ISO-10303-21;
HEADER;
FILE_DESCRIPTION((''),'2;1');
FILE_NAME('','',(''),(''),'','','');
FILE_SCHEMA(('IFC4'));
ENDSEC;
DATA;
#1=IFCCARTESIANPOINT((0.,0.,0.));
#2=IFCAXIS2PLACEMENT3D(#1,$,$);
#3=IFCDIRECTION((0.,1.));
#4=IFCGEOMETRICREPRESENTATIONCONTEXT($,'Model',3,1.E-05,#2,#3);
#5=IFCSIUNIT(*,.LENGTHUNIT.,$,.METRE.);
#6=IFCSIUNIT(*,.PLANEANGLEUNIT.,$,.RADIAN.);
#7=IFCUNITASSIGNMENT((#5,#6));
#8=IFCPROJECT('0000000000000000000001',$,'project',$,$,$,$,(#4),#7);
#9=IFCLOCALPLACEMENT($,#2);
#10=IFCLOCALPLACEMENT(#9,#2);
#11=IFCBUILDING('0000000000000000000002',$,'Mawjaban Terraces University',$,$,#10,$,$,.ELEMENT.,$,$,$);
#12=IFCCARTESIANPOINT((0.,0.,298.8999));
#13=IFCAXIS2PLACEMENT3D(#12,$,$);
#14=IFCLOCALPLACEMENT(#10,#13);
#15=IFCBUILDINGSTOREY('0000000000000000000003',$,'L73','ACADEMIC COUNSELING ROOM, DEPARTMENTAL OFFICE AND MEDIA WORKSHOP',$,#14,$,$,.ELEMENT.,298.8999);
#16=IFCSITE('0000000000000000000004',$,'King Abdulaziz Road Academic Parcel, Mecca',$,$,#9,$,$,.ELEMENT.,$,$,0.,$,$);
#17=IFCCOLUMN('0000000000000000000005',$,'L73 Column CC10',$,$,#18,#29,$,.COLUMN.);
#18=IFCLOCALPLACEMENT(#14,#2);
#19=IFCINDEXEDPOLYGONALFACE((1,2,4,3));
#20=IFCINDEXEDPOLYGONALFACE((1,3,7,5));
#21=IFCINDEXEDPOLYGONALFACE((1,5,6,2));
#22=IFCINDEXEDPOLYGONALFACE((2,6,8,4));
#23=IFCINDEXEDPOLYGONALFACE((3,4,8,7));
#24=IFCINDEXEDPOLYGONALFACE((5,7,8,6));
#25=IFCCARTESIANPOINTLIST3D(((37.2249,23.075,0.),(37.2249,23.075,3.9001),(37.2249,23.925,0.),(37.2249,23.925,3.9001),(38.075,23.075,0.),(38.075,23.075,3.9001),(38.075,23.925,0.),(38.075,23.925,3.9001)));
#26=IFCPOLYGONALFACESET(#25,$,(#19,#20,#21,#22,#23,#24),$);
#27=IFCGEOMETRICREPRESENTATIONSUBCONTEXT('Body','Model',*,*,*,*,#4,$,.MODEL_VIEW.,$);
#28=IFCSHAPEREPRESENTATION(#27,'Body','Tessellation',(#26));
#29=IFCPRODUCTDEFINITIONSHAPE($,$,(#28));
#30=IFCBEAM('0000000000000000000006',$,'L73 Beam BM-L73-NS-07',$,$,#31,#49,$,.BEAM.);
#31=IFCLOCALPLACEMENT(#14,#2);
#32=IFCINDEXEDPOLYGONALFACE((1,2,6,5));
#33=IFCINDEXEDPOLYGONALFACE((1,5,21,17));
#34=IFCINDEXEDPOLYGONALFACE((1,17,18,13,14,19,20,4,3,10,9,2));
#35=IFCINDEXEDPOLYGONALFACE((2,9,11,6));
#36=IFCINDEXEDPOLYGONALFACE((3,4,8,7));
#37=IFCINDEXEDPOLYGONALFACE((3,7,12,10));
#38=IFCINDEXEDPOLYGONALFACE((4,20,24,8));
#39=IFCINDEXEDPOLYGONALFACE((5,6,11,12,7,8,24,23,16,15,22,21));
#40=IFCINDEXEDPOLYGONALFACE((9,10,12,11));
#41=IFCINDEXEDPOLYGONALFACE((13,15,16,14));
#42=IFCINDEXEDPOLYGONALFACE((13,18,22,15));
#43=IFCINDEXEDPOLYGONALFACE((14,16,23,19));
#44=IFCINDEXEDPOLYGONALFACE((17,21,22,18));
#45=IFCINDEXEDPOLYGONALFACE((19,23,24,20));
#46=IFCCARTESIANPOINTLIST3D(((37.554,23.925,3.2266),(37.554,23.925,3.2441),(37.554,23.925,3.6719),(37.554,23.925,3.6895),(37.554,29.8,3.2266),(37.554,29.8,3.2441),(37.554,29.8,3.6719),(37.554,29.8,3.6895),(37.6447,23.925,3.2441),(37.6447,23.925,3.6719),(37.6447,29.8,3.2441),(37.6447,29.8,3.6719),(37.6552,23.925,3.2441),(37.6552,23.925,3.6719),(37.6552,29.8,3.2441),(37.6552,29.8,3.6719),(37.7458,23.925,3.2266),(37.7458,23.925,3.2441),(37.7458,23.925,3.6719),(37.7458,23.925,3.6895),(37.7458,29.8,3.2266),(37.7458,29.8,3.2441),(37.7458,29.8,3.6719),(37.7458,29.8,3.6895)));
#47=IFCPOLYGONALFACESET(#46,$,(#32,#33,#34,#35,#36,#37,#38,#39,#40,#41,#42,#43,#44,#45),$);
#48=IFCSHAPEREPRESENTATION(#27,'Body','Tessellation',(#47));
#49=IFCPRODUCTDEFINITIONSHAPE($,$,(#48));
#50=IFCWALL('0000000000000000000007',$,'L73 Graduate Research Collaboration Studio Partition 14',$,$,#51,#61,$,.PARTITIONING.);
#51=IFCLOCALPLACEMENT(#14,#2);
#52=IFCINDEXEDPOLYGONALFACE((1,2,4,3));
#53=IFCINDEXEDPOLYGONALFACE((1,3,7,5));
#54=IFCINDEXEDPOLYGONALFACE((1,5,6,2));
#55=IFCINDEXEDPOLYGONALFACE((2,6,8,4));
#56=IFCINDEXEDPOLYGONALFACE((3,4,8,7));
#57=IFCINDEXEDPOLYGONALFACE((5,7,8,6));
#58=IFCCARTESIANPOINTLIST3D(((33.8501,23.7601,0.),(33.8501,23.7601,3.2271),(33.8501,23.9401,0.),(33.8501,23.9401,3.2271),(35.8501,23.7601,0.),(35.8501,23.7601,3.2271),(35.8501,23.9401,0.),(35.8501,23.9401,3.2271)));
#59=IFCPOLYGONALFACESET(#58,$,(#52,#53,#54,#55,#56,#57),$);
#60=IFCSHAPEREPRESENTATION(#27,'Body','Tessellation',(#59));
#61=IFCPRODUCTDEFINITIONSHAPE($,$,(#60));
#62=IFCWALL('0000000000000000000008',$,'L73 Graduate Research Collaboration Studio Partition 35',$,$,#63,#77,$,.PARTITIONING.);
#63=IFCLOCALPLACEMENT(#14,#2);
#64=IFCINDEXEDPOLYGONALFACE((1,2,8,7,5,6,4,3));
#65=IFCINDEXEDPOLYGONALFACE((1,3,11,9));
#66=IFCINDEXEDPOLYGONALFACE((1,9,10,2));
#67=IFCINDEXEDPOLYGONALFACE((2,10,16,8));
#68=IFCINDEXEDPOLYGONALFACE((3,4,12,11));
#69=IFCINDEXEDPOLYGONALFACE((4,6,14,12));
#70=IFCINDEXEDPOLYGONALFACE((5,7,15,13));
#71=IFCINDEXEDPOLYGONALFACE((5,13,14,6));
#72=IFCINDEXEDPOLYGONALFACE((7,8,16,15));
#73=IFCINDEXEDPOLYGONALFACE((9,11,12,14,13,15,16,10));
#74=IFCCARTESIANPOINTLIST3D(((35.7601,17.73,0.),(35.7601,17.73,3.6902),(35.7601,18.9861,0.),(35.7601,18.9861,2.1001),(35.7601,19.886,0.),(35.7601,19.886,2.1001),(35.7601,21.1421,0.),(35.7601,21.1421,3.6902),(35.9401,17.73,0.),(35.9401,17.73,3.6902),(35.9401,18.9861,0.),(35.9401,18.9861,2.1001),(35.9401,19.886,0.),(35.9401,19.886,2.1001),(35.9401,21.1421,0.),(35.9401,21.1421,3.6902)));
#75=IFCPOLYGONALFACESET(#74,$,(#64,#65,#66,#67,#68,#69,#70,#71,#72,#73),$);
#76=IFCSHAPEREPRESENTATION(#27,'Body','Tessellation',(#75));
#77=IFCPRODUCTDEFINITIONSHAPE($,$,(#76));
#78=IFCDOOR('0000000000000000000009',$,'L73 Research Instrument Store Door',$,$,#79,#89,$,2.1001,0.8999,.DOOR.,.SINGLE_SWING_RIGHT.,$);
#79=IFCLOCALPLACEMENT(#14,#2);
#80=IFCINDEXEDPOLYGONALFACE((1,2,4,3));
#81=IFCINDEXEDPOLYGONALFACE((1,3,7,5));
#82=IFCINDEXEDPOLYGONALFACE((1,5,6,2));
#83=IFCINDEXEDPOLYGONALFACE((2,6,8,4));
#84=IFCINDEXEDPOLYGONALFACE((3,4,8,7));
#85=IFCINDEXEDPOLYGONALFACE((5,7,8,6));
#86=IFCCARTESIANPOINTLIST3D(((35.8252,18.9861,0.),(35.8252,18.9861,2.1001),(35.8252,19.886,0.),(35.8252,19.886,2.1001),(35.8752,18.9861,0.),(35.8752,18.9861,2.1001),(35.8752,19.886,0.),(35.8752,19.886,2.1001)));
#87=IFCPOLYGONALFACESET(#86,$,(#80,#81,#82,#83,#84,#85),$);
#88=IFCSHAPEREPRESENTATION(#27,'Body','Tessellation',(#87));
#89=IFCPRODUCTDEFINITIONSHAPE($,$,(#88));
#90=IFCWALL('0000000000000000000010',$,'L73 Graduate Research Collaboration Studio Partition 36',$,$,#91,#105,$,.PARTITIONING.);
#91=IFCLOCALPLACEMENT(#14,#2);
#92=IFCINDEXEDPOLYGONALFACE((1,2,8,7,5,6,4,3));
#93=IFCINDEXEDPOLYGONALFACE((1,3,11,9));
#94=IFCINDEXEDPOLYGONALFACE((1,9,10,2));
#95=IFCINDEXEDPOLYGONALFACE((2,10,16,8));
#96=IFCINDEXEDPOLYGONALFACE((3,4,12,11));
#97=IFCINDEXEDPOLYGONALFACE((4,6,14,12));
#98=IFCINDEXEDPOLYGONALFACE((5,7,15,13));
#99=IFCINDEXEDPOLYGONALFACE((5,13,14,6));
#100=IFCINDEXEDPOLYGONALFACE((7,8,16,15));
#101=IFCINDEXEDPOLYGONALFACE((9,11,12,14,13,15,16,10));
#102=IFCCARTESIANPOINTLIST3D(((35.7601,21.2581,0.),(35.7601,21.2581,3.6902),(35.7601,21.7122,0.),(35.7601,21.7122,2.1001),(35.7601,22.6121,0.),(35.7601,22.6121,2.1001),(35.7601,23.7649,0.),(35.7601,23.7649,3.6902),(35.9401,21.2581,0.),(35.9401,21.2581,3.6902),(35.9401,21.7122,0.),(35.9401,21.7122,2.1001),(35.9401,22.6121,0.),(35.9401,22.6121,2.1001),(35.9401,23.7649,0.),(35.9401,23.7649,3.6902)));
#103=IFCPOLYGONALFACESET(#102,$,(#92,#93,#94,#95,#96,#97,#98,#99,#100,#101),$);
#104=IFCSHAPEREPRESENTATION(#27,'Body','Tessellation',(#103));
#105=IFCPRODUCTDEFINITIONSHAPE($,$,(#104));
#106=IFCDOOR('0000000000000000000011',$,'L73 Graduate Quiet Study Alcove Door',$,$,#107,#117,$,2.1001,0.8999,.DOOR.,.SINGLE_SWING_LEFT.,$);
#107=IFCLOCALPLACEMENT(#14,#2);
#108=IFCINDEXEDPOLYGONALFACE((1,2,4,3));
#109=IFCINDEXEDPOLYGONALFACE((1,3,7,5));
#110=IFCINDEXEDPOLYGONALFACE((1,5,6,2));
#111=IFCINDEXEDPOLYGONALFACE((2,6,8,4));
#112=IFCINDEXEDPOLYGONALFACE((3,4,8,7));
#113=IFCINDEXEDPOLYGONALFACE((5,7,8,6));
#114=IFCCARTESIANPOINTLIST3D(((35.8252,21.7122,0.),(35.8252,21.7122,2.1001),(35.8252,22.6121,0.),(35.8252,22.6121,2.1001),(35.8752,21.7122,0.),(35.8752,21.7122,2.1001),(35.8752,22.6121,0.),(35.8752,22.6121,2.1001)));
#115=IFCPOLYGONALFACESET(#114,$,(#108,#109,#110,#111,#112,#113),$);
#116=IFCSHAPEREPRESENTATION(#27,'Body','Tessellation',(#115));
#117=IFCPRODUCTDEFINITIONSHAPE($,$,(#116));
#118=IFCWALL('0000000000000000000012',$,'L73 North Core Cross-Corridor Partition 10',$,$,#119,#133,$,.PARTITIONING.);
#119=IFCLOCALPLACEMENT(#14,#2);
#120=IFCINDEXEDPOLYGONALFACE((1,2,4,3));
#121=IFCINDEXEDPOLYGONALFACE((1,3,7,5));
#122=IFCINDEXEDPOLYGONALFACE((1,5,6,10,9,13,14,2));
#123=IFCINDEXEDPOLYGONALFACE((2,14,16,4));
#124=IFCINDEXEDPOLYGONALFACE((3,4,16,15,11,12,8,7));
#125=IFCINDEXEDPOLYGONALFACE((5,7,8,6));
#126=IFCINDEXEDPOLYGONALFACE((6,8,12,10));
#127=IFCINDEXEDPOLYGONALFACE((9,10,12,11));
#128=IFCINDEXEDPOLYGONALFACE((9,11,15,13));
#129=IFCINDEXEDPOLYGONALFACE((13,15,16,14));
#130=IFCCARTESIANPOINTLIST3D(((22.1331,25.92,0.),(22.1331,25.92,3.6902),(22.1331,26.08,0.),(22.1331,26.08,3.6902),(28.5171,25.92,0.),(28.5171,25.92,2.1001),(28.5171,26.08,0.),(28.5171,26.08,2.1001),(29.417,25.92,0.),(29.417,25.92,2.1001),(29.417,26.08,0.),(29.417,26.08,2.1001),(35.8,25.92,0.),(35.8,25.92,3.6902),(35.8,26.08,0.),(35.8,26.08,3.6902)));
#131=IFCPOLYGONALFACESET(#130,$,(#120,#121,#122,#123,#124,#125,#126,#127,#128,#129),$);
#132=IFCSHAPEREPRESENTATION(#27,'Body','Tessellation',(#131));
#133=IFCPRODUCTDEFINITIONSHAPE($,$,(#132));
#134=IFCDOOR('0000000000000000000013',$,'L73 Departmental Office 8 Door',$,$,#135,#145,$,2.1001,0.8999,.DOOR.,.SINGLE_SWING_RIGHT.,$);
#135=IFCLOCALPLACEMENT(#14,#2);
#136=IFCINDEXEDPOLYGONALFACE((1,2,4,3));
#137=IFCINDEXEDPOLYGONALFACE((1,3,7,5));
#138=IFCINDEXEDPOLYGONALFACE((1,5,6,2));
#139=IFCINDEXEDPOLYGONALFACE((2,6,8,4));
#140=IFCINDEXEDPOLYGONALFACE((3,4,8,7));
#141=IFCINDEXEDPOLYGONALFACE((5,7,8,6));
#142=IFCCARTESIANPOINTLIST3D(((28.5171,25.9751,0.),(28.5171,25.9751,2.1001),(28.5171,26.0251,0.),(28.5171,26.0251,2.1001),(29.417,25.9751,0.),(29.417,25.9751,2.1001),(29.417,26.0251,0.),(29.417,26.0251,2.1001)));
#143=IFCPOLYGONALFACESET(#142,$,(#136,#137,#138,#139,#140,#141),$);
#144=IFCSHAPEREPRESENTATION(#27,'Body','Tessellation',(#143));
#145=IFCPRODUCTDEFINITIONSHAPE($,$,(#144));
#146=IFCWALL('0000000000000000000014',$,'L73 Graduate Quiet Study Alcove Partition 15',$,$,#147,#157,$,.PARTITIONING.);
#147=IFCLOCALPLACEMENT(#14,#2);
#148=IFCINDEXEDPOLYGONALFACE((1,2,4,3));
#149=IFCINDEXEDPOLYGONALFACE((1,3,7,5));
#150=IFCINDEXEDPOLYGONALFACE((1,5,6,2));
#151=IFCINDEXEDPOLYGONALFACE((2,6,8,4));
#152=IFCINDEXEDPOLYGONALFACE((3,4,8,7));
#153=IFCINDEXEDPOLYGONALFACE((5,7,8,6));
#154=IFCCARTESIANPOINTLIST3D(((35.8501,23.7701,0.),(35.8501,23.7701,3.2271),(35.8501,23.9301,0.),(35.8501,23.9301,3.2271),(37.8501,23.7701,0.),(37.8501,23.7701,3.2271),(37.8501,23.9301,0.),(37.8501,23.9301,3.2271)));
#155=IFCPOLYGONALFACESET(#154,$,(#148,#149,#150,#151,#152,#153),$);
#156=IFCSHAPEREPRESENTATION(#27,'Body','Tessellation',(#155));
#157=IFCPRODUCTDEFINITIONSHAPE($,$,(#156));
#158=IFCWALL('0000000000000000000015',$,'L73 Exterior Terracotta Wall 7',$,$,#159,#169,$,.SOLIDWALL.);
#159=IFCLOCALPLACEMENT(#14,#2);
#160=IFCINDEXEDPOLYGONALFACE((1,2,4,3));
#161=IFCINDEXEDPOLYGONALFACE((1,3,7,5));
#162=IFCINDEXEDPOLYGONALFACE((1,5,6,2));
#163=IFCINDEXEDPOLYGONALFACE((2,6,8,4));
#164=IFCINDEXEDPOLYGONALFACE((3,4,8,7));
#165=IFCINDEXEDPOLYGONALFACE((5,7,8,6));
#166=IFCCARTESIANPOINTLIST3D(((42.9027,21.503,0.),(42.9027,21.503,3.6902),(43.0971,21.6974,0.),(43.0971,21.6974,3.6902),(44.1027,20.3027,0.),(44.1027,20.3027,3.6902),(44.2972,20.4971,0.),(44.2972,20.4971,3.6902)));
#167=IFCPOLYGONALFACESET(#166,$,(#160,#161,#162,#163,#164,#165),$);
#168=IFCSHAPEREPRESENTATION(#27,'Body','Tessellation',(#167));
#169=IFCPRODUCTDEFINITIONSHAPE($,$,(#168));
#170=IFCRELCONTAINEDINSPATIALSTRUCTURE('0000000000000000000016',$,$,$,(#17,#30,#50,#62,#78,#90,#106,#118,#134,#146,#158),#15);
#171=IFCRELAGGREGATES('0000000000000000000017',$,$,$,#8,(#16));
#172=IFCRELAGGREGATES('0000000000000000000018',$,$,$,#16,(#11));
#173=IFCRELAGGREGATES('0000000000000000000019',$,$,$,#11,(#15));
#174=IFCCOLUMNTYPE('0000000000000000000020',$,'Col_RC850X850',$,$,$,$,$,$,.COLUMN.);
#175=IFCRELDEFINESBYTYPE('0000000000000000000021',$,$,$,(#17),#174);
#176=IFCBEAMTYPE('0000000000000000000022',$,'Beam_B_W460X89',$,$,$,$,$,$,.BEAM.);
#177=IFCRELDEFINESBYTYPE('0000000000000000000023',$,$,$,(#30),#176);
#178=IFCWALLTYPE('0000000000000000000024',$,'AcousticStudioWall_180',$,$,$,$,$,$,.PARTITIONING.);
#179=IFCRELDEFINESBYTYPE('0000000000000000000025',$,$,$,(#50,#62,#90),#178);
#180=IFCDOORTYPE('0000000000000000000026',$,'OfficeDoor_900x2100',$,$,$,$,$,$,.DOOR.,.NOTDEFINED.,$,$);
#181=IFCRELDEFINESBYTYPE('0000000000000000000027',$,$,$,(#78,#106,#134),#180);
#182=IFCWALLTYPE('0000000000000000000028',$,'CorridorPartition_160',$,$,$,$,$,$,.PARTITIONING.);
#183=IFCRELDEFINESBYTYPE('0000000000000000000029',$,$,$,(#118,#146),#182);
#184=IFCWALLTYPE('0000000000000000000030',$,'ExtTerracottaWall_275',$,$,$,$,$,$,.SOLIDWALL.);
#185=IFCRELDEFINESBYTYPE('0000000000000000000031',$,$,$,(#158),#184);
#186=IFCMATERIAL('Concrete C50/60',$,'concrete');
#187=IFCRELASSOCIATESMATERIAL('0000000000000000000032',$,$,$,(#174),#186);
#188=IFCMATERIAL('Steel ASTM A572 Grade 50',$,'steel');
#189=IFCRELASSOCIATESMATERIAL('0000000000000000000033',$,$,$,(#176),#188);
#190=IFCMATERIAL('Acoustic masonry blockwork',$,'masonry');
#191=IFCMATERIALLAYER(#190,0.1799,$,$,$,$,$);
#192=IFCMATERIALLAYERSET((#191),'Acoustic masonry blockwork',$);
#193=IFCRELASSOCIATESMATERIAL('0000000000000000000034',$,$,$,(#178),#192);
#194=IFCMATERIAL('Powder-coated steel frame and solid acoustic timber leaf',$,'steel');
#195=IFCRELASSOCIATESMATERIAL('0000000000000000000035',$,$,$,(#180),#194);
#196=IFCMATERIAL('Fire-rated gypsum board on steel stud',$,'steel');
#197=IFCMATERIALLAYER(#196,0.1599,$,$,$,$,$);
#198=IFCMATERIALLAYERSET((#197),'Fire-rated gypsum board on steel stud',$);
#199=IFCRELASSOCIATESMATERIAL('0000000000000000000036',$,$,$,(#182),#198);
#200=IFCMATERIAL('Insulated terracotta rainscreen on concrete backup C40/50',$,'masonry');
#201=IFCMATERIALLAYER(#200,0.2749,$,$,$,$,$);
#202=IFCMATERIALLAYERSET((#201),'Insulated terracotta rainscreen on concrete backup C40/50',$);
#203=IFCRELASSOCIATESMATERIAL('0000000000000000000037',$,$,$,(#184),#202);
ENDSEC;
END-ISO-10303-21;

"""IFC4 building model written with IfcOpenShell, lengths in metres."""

from ifc_helpers import new_model, si_unit, direction, frame, frame_2d, origin, origin_2d, place, context, subcontext, project, spatial, rectangle, i_section, extrude, material, layer, layer_set, material_profile, profile_set, type_object, element, fill, save


model = new_model("IFC4")

# Units and contexts
model_context = context("Model", 3, precision=1e-05, world=origin(), true_north=direction((0.0, 1.0)))
body_context = subcontext(model_context, "Body", "Model", "MODEL_VIEW")
ifc_project = project(units=[si_unit("LENGTHUNIT", "METRE"), si_unit("PLANEANGLEUNIT", "RADIAN")], contexts=[model_context])

# Site, building, storey
site_placement = place(None, origin())
site = spatial("IfcSite", under=ifc_project, at=site_placement, Name="King Abdulaziz Road Academic Parcel, Mecca", CompositionType="ELEMENT", RefElevation=0.0)
building_placement = place(site_placement, origin())
building = spatial("IfcBuilding", under=site, at=building_placement, Name="Mawjaban Terraces University", CompositionType="ELEMENT")
storey_placement = place(building_placement, frame((0.0, 0.0, 298.8999)))
storey = spatial("IfcBuildingStorey", under=building, at=storey_placement, Name="L73", Description="ACADEMIC COUNSELING ROOM, DEPARTMENTAL OFFICE AND MEDIA WORKSHOP", CompositionType="ELEMENT", Elevation=298.8999)

# Column
ifc_material_1 = material(Name="Concrete C50/60", Category="concrete")
ifc_material_profile_1 = material_profile(ifc_material_1, rectangle(XDim=0.8501, YDim=0.8501, at=origin_2d()), Name="RC850X850")
ifc_profile_set_1 = profile_set([ifc_material_profile_1], Name="Concrete C50/60")
column_type = type_object("IfcColumnType", Name="Col_RC850X850", PredefinedType="COLUMN", material=ifc_profile_set_1)
column_placement = place(storey_placement, frame((37.6499, 23.5, 0.0), z_axis=(0.0, 0.0, 1.0), x_axis=(1.0, 0.0, 0.0)))
element("IfcColumn", 1, at=column_placement, inside=storey, type_object=column_type, Name="L73 Column CC10", PredefinedType="COLUMN", context=body_context, shape_type="SweptSolid", body=[
    extrude(rectangle(XDim=0.8501, YDim=0.8501, at=origin_2d()), origin(), (0.0, 0.0, 1.0), 3.9001),
])

# Beam
ifc_material_2 = material(Name="Steel ASTM A572 Grade 50", Category="steel")
ifc_material_profile_2 = material_profile(ifc_material_2, i_section(OverallWidth=0.1919, OverallDepth=0.4629, WebThickness=0.0105, FlangeThickness=0.0176, at=origin_2d()), Name="W460X89")
ifc_profile_set_2 = profile_set([ifc_material_profile_2], Name="Steel ASTM A572 Grade 50")
beam_type = type_object("IfcBeamType", Name="Beam_B_W460X89", PredefinedType="BEAM", material=ifc_profile_set_2)
beam_placement = place(storey_placement, frame((37.6499, 23.925, 3.458), z_axis=(0.0, 1.0, 0.0), x_axis=(-1.0, 0.0, 0.0)))
element("IfcBeam", 2, at=beam_placement, inside=storey, type_object=beam_type, Name="L73 Beam BM-L73-NS-07", PredefinedType="BEAM", context=body_context, shape_type="SweptSolid", body=[
    extrude(i_section(OverallWidth=0.1919, OverallDepth=0.4629, WebThickness=0.0105, FlangeThickness=0.0176, at=origin_2d()), origin(), (0.0, 0.0, 1.0), 5.875),
])

# Wall
ifc_material_3 = material(Name="Acoustic masonry blockwork", Category="masonry")
ifc_layer_1 = layer(ifc_material_3, 0.1799)
ifc_layer_set_1 = layer_set([ifc_layer_1], Name="Acoustic masonry blockwork")
wall_type_1 = type_object("IfcWallType", Name="AcousticStudioWall_180", PredefinedType="PARTITIONING", material=ifc_layer_set_1)
wall_1_placement = place(storey_placement, frame((35.8501, 23.8501, 0.0), z_axis=(0.0, 0.0, 1.0), x_axis=(-1.0, 0.0, 0.0)))
element("IfcWall", 3, at=wall_1_placement, inside=storey, type_object=wall_type_1, Name="L73 Graduate Research Collaboration Studio Partition 14", PredefinedType="PARTITIONING", context=body_context, shape_type="SweptSolid", body=[
    extrude(rectangle(XDim=2.0, YDim=0.1799, at=frame_2d((1.0, 0.0))), origin(), (0.0, 0.0, 1.0), 3.2271),
])

# Walls, openings, doors
wall_2_placement = place(storey_placement, frame((35.8501, 17.73, 0.0), z_axis=(0.0, 0.0, 1.0), x_axis=(0.0, 1.0, 0.0)))
wall_2 = element("IfcWall", 4, at=wall_2_placement, inside=storey, type_object=wall_type_1, Name="L73 Graduate Research Collaboration Studio Partition 35", PredefinedType="PARTITIONING", context=body_context, shape_type="SweptSolid", body=[
    extrude(rectangle(XDim=3.4121, YDim=0.1799, at=frame_2d((1.7061, 0.0))), origin(), (0.0, 0.0, 1.0), 3.6902),
])
opening_1_placement = place(wall_2_placement, frame((1.2561, 0.0, 0.0)))
opening_1 = element("IfcOpeningElement", 5, at=opening_1_placement, cuts=wall_2, PredefinedType="OPENING", context=body_context, shape_type="SweptSolid", body=[
    extrude(rectangle(XDim=0.8999, YDim=2.1001, at=frame_2d((0.45, 1.05))), frame((0.0, 0.0999, 0.0), z_axis=(0.0, -1.0, 0.0), x_axis=(1.0, 0.0, 0.0)), (0.0, 0.0, 1.0), 0.2),
])
ifc_material_4 = material(Name="Powder-coated steel frame and solid acoustic timber leaf", Category="steel")
door_type_1 = type_object("IfcDoorType", Name="OfficeDoor_900x2100", OperationType="NOTDEFINED", PredefinedType="DOOR", material=ifc_material_4)
door_1_placement = place(opening_1_placement, origin())
door_1 = element("IfcDoor", 6, at=door_1_placement, inside=storey, type_object=door_type_1, Name="L73 Research Instrument Store Door", OperationType="SINGLE_SWING_RIGHT", OverallHeight=2.1001, OverallWidth=0.8999, PredefinedType="DOOR", context=body_context, shape_type="SweptSolid", body=[
    extrude(rectangle(XDim=0.8999, YDim=2.1001, at=frame_2d((0.45, 1.05))), frame((0.0, 0.0249, 0.0), z_axis=(0.0, -1.0, 0.0), x_axis=(1.0, 0.0, 0.0)), (0.0, 0.0, 1.0), 0.05),
])
fill(opening_1, door_1)
wall_3_placement = place(storey_placement, frame((35.8501, 21.2581, 0.0), z_axis=(0.0, 0.0, 1.0), x_axis=(0.0, 1.0, 0.0)))
wall_3 = element("IfcWall", 7, at=wall_3_placement, inside=storey, type_object=wall_type_1, Name="L73 Graduate Research Collaboration Studio Partition 36", PredefinedType="PARTITIONING", context=body_context, shape_type="SweptSolid", body=[
    extrude(rectangle(XDim=2.5068, YDim=0.1799, at=frame_2d((1.2534, 0.0))), origin(), (0.0, 0.0, 1.0), 3.6902),
])
opening_2_placement = place(wall_3_placement, frame((0.4541, 0.0, 0.0)))
opening_2 = element("IfcOpeningElement", 8, at=opening_2_placement, cuts=wall_3, PredefinedType="OPENING", context=body_context, shape_type="SweptSolid", body=[
    extrude(rectangle(XDim=0.8999, YDim=2.1001, at=frame_2d((0.45, 1.05))), frame((0.0, 0.0999, 0.0), z_axis=(0.0, -1.0, 0.0), x_axis=(1.0, 0.0, 0.0)), (0.0, 0.0, 1.0), 0.2),
])
door_2_placement = place(opening_2_placement, origin())
door_2 = element("IfcDoor", 9, at=door_2_placement, inside=storey, type_object=door_type_1, Name="L73 Graduate Quiet Study Alcove Door", OperationType="SINGLE_SWING_LEFT", OverallHeight=2.1001, OverallWidth=0.8999, PredefinedType="DOOR", context=body_context, shape_type="SweptSolid", body=[
    extrude(rectangle(XDim=0.8999, YDim=2.1001, at=frame_2d((0.45, 1.05))), frame((0.0, 0.0249, 0.0), z_axis=(0.0, -1.0, 0.0), x_axis=(1.0, 0.0, 0.0)), (0.0, 0.0, 1.0), 0.05),
])
fill(opening_2, door_2)
ifc_material_5 = material(Name="Fire-rated gypsum board on steel stud", Category="steel")
ifc_layer_2 = layer(ifc_material_5, 0.1599)
ifc_layer_set_2 = layer_set([ifc_layer_2], Name="Fire-rated gypsum board on steel stud")
wall_type_2 = type_object("IfcWallType", Name="CorridorPartition_160", PredefinedType="PARTITIONING", material=ifc_layer_set_2)
wall_4_placement = place(storey_placement, frame((35.8, 26.0, 0.0), z_axis=(0.0, 0.0, 1.0), x_axis=(-1.0, 0.0, 0.0)))
wall_4 = element("IfcWall", 10, at=wall_4_placement, inside=storey, type_object=wall_type_2, Name="L73 North Core Cross-Corridor Partition 10", PredefinedType="PARTITIONING", context=body_context, shape_type="SweptSolid", body=[
    extrude(rectangle(XDim=13.667, YDim=0.1599, at=frame_2d((6.8335, 0.0))), origin(), (0.0, 0.0, 1.0), 3.6902),
])
opening_3_placement = place(wall_4_placement, frame((6.3831, 0.0, 0.0)))
opening_3 = element("IfcOpeningElement", 11, at=opening_3_placement, cuts=wall_4, PredefinedType="OPENING", context=body_context, shape_type="SweptSolid", body=[
    extrude(rectangle(XDim=0.8999, YDim=2.1001, at=frame_2d((0.45, 1.05))), frame((0.0, 0.0898, 0.0), z_axis=(0.0, -1.0, 0.0), x_axis=(1.0, 0.0, 0.0)), (0.0, 0.0, 1.0), 0.1799),
])
door_3_placement = place(opening_3_placement, origin())
door_3 = element("IfcDoor", 12, at=door_3_placement, inside=storey, type_object=door_type_1, Name="L73 Departmental Office 8 Door", OperationType="SINGLE_SWING_RIGHT", OverallHeight=2.1001, OverallWidth=0.8999, PredefinedType="DOOR", context=body_context, shape_type="SweptSolid", body=[
    extrude(rectangle(XDim=0.8999, YDim=2.1001, at=frame_2d((0.45, 1.05))), frame((0.0, 0.0249, 0.0), z_axis=(0.0, -1.0, 0.0), x_axis=(1.0, 0.0, 0.0)), (0.0, 0.0, 1.0), 0.05),
])
fill(opening_3, door_3)

# Walls
wall_5_placement = place(storey_placement, frame((37.8501, 23.8501, 0.0), z_axis=(0.0, 0.0, 1.0), x_axis=(-1.0, 0.0, 0.0)))
element("IfcWall", 13, at=wall_5_placement, inside=storey, type_object=wall_type_2, Name="L73 Graduate Quiet Study Alcove Partition 15", PredefinedType="PARTITIONING", context=body_context, shape_type="SweptSolid", body=[
    extrude(rectangle(XDim=2.0, YDim=0.1599, at=frame_2d((1.0, 0.0))), origin(), (0.0, 0.0, 1.0), 3.2271),
])
ifc_material_6 = material(Name="Insulated terracotta rainscreen on concrete backup C40/50", Category="masonry")
ifc_layer_3 = layer(ifc_material_6, 0.2749)
ifc_layer_set_3 = layer_set([ifc_layer_3], Name="Insulated terracotta rainscreen on concrete backup C40/50")
wall_type_3 = type_object("IfcWallType", Name="ExtTerracottaWall_275", PredefinedType="SOLIDWALL", material=ifc_layer_set_3)
wall_6_placement = place(storey_placement, frame((44.2, 20.3999, 0.0), z_axis=(0.0, 0.0, 1.0), x_axis=(-0.707035, 0.707179, 0.0)))
element("IfcWall", 14, at=wall_6_placement, inside=storey, type_object=wall_type_3, Name="L73 Exterior Terracotta Wall 7", PredefinedType="SOLIDWALL", context=body_context, shape_type="SweptSolid", body=[
    extrude(rectangle(XDim=1.6973, YDim=0.2749, at=frame_2d((0.8486, 0.0))), origin(), (0.0, 0.0, 1.0), 3.6902),
])

save(model, "model.ifc")
